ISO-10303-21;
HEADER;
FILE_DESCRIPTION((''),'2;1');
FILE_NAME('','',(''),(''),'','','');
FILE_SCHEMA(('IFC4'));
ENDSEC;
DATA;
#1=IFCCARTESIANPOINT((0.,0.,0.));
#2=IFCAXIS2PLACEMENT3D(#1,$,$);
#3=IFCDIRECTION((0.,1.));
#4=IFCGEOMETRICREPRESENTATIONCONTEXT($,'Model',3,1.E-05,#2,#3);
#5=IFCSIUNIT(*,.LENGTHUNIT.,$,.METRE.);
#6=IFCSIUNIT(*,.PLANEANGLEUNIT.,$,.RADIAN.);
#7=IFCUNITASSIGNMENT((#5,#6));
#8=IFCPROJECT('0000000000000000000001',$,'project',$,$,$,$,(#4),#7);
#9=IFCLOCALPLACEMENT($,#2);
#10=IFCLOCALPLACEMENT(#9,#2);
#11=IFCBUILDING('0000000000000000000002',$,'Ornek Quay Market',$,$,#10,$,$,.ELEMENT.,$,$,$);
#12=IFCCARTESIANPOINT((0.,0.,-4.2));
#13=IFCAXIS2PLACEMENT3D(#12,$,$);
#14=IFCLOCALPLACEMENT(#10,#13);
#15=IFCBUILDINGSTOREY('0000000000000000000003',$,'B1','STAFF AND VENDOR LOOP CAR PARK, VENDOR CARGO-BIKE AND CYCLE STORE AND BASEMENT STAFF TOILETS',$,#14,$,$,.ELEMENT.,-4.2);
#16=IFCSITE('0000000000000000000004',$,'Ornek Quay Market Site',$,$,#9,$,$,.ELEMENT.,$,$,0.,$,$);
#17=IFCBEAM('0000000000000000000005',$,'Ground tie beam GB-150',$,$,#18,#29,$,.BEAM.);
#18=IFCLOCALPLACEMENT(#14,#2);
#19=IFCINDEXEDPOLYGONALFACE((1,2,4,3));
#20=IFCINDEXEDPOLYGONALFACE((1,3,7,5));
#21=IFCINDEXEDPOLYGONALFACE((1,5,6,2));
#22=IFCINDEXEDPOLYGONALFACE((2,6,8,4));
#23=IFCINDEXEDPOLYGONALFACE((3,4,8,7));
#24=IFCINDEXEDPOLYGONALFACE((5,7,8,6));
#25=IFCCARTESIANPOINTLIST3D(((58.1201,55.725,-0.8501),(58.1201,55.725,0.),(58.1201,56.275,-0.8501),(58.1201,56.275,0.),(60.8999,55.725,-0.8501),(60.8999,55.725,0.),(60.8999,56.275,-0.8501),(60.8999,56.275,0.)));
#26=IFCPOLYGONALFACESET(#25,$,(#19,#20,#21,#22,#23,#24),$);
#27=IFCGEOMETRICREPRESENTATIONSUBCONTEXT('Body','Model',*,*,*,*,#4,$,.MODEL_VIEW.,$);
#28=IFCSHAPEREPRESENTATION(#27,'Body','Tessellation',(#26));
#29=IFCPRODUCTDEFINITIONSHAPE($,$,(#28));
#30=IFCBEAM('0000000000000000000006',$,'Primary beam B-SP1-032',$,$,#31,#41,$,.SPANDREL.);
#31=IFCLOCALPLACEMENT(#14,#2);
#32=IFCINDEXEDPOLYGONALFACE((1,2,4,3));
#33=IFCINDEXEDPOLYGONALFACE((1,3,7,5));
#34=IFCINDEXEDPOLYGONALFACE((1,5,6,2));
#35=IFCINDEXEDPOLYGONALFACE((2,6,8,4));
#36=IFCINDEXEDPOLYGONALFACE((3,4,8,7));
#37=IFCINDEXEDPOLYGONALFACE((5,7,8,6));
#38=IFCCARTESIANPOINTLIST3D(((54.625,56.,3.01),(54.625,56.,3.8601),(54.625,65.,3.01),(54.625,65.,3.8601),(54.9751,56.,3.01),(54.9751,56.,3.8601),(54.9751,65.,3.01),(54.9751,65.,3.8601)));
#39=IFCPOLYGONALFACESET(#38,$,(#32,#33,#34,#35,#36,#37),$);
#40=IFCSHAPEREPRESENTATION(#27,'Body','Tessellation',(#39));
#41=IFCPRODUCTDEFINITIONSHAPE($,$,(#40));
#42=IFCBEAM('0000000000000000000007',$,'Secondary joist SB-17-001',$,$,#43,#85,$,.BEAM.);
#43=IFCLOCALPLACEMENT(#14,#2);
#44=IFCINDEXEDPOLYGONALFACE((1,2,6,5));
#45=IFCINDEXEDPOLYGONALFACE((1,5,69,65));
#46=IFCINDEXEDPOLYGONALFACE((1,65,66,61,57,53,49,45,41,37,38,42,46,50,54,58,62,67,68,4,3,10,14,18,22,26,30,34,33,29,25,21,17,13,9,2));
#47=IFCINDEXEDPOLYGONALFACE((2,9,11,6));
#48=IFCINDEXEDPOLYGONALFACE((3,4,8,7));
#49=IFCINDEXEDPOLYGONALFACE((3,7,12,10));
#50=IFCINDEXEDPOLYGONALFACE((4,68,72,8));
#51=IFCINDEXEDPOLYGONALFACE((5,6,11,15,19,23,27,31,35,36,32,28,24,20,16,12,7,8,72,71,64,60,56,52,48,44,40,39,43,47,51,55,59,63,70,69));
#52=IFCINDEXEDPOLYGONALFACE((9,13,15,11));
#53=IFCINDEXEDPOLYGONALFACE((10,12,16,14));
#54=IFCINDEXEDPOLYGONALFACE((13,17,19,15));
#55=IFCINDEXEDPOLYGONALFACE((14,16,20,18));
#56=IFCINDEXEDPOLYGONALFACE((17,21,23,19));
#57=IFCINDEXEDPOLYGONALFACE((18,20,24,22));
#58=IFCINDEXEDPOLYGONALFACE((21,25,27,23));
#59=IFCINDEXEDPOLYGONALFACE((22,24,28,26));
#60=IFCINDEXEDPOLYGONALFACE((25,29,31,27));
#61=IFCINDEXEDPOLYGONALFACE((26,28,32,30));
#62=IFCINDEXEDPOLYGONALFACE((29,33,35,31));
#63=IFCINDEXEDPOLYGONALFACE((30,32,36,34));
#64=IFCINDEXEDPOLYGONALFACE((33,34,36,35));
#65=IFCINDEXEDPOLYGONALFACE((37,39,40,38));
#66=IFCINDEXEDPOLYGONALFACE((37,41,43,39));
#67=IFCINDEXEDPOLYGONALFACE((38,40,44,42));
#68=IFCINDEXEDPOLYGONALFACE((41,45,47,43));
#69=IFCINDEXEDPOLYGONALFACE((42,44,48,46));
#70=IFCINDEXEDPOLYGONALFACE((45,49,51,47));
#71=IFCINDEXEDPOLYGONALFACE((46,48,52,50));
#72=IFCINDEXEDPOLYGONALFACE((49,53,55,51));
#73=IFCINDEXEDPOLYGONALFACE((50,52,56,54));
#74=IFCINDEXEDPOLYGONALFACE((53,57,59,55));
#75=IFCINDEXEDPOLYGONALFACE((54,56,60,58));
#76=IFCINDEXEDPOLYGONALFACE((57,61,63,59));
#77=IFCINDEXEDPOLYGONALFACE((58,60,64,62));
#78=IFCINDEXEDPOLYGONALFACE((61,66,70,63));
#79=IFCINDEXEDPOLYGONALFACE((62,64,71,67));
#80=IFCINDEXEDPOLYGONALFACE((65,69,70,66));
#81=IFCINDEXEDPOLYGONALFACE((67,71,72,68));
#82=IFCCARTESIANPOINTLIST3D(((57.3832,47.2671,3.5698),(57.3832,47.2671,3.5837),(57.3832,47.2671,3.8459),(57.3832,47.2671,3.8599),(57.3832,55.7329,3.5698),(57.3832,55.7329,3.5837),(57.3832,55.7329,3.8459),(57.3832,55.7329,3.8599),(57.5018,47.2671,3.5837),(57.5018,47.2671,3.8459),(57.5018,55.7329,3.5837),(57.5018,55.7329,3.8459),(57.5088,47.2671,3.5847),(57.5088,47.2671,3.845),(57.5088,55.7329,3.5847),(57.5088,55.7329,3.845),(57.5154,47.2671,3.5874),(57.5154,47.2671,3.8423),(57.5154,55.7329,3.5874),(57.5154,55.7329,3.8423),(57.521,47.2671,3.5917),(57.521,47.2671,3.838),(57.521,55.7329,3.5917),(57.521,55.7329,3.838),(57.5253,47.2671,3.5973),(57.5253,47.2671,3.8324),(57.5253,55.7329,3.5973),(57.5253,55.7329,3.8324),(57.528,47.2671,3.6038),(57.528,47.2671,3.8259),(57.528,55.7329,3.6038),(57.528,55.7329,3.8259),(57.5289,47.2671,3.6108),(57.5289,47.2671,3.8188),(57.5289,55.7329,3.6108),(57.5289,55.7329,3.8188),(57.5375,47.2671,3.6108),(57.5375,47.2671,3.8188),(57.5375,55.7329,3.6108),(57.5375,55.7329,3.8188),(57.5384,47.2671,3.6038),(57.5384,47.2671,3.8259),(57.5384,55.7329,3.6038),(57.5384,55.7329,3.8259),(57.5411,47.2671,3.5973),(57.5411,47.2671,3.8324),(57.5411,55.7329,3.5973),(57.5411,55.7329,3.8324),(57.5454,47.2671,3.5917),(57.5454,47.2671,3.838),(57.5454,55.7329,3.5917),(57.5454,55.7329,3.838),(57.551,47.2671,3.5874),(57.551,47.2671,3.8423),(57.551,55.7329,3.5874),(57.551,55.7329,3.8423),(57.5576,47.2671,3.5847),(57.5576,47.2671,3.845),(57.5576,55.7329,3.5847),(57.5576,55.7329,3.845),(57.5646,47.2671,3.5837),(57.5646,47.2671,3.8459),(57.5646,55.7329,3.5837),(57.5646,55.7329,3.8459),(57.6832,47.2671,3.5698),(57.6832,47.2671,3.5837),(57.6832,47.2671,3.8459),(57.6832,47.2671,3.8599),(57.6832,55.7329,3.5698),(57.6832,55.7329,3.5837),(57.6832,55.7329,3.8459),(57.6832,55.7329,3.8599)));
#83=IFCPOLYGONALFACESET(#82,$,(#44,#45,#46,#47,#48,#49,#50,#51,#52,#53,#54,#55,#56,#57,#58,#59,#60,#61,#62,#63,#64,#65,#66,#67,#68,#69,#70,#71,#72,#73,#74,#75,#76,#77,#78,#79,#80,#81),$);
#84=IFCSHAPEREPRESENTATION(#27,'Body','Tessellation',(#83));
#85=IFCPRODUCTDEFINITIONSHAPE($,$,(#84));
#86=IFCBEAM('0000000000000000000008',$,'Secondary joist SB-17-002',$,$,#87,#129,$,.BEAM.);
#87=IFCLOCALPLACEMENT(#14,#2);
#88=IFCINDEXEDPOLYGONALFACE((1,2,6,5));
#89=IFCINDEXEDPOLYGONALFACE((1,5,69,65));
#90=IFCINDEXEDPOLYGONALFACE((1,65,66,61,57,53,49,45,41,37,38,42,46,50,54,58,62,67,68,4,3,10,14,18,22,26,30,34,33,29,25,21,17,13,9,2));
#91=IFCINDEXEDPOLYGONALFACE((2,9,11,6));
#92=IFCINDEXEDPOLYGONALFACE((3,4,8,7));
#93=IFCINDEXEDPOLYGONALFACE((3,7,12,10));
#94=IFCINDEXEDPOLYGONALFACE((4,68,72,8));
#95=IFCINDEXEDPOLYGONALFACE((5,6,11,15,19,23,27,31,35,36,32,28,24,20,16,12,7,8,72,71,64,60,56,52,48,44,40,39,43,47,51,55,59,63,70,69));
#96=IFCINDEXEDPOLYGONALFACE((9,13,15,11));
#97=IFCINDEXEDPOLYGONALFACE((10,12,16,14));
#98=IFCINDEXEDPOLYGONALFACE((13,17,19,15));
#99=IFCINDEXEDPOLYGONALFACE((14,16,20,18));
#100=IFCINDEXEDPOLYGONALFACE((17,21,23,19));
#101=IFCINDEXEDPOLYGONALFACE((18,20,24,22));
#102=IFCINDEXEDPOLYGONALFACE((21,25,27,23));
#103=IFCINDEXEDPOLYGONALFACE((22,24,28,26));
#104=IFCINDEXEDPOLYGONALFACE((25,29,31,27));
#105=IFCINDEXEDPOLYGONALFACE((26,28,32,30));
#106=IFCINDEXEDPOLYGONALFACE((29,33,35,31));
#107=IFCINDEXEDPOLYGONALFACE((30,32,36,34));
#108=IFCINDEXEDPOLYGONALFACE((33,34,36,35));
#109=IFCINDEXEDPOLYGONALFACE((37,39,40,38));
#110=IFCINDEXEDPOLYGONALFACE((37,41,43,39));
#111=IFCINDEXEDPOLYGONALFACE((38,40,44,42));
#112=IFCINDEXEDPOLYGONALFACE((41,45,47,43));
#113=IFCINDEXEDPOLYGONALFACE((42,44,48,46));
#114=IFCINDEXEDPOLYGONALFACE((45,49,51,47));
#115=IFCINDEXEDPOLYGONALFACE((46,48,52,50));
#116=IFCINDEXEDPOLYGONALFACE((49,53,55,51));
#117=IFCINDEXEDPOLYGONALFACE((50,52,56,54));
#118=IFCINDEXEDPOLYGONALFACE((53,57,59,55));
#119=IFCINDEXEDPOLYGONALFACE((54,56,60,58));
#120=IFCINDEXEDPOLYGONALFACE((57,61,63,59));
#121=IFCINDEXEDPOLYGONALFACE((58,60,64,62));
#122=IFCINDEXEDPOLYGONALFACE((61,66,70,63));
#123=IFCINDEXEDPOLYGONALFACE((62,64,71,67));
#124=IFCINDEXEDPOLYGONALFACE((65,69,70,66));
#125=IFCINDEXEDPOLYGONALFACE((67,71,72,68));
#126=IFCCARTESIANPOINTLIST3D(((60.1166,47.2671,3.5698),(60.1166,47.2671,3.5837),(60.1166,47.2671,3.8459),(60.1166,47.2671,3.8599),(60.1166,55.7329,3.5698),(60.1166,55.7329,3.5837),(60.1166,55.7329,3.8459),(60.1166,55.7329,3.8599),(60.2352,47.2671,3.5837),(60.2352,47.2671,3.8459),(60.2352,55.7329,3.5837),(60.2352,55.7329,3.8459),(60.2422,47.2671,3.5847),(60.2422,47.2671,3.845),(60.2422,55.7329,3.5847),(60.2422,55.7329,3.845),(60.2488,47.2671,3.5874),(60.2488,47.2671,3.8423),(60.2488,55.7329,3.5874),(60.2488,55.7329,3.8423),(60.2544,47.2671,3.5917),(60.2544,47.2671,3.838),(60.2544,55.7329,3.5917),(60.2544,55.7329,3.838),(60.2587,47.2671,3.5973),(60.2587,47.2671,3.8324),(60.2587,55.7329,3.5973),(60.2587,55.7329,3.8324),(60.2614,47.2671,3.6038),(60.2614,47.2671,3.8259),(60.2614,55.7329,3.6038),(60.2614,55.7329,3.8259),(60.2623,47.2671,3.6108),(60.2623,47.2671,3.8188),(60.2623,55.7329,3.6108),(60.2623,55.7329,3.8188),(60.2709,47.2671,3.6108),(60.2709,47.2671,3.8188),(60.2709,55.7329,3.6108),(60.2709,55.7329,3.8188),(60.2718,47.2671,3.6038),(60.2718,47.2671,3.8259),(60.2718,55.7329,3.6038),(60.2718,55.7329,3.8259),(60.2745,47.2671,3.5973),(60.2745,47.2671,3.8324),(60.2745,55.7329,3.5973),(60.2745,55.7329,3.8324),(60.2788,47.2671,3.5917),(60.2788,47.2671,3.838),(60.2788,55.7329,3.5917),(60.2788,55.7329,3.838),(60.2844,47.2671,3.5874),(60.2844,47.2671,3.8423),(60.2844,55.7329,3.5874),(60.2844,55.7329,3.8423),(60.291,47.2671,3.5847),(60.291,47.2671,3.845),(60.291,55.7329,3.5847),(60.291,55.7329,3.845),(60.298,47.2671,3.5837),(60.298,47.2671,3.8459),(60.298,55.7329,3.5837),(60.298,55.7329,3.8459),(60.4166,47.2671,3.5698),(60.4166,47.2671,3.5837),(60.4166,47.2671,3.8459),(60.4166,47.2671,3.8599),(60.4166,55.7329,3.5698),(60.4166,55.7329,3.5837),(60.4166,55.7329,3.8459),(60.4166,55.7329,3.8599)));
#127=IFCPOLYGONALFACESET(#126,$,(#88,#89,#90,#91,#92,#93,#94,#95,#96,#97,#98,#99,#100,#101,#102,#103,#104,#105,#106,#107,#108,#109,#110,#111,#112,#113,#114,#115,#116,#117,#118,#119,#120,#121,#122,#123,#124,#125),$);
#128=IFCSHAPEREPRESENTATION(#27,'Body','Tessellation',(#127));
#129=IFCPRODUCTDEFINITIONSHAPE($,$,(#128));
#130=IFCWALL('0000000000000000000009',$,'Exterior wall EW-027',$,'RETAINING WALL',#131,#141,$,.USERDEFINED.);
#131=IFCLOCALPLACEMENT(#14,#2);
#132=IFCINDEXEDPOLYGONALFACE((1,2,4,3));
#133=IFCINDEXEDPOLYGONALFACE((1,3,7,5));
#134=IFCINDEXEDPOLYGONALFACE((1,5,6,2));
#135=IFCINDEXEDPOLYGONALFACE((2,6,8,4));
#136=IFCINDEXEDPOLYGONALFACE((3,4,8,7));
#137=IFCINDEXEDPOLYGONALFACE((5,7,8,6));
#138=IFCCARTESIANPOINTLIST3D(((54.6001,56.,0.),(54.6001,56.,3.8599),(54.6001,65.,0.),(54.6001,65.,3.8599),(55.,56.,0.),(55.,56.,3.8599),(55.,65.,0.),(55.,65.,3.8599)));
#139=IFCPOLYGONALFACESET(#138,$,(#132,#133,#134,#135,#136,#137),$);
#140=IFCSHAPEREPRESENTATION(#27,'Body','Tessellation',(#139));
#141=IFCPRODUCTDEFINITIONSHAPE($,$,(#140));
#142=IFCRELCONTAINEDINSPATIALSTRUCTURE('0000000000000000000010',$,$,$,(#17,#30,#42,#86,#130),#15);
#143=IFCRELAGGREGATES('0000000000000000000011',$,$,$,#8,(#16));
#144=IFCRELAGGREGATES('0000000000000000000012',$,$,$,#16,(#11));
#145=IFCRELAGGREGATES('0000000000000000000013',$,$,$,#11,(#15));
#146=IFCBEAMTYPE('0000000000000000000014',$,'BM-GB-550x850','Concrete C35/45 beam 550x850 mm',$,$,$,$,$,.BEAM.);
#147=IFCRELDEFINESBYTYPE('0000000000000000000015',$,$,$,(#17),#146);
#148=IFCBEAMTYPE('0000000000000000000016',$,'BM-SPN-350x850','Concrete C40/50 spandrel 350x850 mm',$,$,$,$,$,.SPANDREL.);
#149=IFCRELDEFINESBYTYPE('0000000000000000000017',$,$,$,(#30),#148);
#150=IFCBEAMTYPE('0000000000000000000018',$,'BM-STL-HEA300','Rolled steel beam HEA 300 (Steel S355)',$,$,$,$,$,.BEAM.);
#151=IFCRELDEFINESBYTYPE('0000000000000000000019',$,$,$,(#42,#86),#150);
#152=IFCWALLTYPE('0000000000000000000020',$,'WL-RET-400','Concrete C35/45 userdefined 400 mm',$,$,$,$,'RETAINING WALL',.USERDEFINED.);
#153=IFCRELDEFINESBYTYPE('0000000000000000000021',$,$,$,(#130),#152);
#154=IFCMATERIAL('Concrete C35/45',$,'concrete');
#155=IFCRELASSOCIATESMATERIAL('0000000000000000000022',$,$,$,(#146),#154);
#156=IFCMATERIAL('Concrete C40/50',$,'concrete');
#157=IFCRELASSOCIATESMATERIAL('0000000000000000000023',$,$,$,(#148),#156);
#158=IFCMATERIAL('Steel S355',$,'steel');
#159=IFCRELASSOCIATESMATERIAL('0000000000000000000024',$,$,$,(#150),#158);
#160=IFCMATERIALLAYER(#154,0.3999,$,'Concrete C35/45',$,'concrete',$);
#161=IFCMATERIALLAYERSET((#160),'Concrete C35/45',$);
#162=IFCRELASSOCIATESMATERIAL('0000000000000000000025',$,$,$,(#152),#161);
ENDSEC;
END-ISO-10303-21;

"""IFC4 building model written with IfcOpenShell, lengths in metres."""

from ifc_helpers import new_model, si_unit, direction, frame, frame_2d, origin, origin_2d, place, context, subcontext, project, spatial, rectangle, i_section, extrude, material, layer, layer_set, material_profile, profile_set, type_object, element, save


model = new_model("IFC4")

# Units and contexts
model_context = context("Model", 3, precision=1e-05, world=origin(), true_north=direction((0.0, 1.0)))
body_context = subcontext(model_context, "Body", "Model", "MODEL_VIEW")
ifc_project = project(units=[si_unit("LENGTHUNIT", "METRE"), si_unit("PLANEANGLEUNIT", "RADIAN")], contexts=[model_context])

# Site, building, storey
site_placement = place(None, origin())
site = spatial("IfcSite", under=ifc_project, at=site_placement, Name="Ornek Quay Market Site", CompositionType="ELEMENT", RefElevation=0.0)
building_placement = place(site_placement, origin())
building = spatial("IfcBuilding", under=site, at=building_placement, Name="Ornek Quay Market", CompositionType="ELEMENT")
storey_placement = place(building_placement, frame((0.0, 0.0, -4.2)))
storey = spatial("IfcBuildingStorey", under=building, at=storey_placement, Name="B1", Description="STAFF AND VENDOR LOOP CAR PARK, VENDOR CARGO-BIKE AND CYCLE STORE AND BASEMENT STAFF TOILETS", CompositionType="ELEMENT", Elevation=-4.2)

# Shared definitions
ifc_material_1 = material(Name="Concrete C35/45", Category="concrete")

# Shared definitions
ifc_material_2 = material(Name="Concrete C40/50", Category="concrete")

# Beams
ifc_material_profile_1 = material_profile(ifc_material_1, rectangle(XDim=0.55, YDim=0.8501, at=origin_2d()), Name="RC 550x850", Category="concrete")
ifc_profile_set_1 = profile_set([ifc_material_profile_1], Name="Concrete C35/45")
beam_type_1 = type_object("IfcBeamType", Name="BM-GB-550x850", Description="Concrete C35/45 beam 550x850 mm", PredefinedType="BEAM", material=ifc_profile_set_1)
beam_1_placement = place(storey_placement, frame((58.1201, 56.0, -0.425), z_axis=(1.0, 0.0, 0.0), x_axis=(0.0, 1.0, 0.0)))
element("IfcBeam", 1, at=beam_1_placement, inside=storey, type_object=beam_type_1, Name="Ground tie beam GB-150", PredefinedType="BEAM", context=body_context, shape_type="SweptSolid", body=[
    extrude(rectangle(XDim=0.55, YDim=0.8501, at=origin_2d()), origin(), (0.0, 0.0, 1.0), 2.7798),
])
ifc_material_profile_2 = material_profile(ifc_material_2, rectangle(XDim=0.3501, YDim=0.8501, at=origin_2d()), Name="RC 350x850", Category="concrete")
ifc_profile_set_2 = profile_set([ifc_material_profile_2], Name="Concrete C40/50")
beam_type_2 = type_object("IfcBeamType", Name="BM-SPN-350x850", Description="Concrete C40/50 spandrel 350x850 mm", PredefinedType="SPANDREL", material=ifc_profile_set_2)
beam_2_placement = place(storey_placement, frame((54.8, 56.0, 3.4351), z_axis=(0.0, 1.0, 0.0), x_axis=(-1.0, 0.0, 0.0)))
element("IfcBeam", 2, at=beam_2_placement, inside=storey, type_object=beam_type_2, Name="Primary beam B-SP1-032", PredefinedType="SPANDREL", context=body_context, shape_type="SweptSolid", body=[
    extrude(rectangle(XDim=0.3501, YDim=0.8501, at=origin_2d()), origin(), (0.0, 0.0, 1.0), 9.0),
])
ifc_material_3 = material(Name="Steel S355", Category="steel")
ifc_material_profile_3 = material_profile(ifc_material_3, i_section(OverallWidth=0.3, OverallDepth=0.29, WebThickness=0.0085, FlangeThickness=0.0139, FilletRadius=0.0271, at=origin_2d()), Name="HEA 300", Category="steel")
ifc_profile_set_3 = profile_set([ifc_material_profile_3], Name="Steel S355")
beam_type_3 = type_object("IfcBeamType", Name="BM-STL-HEA300", Description="Rolled steel beam HEA 300 (Steel S355)", PredefinedType="BEAM", material=ifc_profile_set_3)
for number, where, z_axis, x_axis, name in (
    (3, (57.5332, 47.2671, 3.7148), (0.0, 1.0, 0.0), (-1.0, 0.0, 0.0), "Secondary joist SB-17-001"),
    (4, (60.2666, 47.2671, 3.7148), (0.0, 1.0, 0.0), (-1.0, 0.0, 0.0), "Secondary joist SB-17-002"),
):
    element("IfcBeam", number, at=place(storey_placement, frame(where, z_axis=z_axis, x_axis=x_axis)), inside=storey, type_object=beam_type_3, Name=name, PredefinedType="BEAM", context=body_context, shape_type="SweptSolid", body=[
        extrude(i_section(OverallWidth=0.3, OverallDepth=0.29, WebThickness=0.0085, FlangeThickness=0.0139, FilletRadius=0.0271, at=origin_2d()), origin(), (0.0, 0.0, 1.0), 8.4658),
    ])

# Wall
ifc_layer = layer(ifc_material_1, 0.3999, Name="Concrete C35/45", Category="concrete")
ifc_layer_set = layer_set([ifc_layer], Name="Concrete C35/45")
wall_type = type_object("IfcWallType", Name="WL-RET-400", Description="Concrete C35/45 userdefined 400 mm", ElementType="RETAINING WALL", PredefinedType="USERDEFINED", material=ifc_layer_set)
wall_placement = place(storey_placement, frame((54.8, 56.0, 0.0), z_axis=(0.0, 0.0, 1.0), x_axis=(0.0, 1.0, 0.0)))
element("IfcWall", 5, at=wall_placement, inside=storey, type_object=wall_type, Name="Exterior wall EW-027", ObjectType="RETAINING WALL", PredefinedType="USERDEFINED", context=body_context, shape_type="SweptSolid", body=[
    extrude(rectangle(XDim=9.0, YDim=0.3999, at=frame_2d((4.5, 0.0))), origin(), (0.0, 0.0, 1.0), 3.8599),
])

save(model, "model.ifc")
